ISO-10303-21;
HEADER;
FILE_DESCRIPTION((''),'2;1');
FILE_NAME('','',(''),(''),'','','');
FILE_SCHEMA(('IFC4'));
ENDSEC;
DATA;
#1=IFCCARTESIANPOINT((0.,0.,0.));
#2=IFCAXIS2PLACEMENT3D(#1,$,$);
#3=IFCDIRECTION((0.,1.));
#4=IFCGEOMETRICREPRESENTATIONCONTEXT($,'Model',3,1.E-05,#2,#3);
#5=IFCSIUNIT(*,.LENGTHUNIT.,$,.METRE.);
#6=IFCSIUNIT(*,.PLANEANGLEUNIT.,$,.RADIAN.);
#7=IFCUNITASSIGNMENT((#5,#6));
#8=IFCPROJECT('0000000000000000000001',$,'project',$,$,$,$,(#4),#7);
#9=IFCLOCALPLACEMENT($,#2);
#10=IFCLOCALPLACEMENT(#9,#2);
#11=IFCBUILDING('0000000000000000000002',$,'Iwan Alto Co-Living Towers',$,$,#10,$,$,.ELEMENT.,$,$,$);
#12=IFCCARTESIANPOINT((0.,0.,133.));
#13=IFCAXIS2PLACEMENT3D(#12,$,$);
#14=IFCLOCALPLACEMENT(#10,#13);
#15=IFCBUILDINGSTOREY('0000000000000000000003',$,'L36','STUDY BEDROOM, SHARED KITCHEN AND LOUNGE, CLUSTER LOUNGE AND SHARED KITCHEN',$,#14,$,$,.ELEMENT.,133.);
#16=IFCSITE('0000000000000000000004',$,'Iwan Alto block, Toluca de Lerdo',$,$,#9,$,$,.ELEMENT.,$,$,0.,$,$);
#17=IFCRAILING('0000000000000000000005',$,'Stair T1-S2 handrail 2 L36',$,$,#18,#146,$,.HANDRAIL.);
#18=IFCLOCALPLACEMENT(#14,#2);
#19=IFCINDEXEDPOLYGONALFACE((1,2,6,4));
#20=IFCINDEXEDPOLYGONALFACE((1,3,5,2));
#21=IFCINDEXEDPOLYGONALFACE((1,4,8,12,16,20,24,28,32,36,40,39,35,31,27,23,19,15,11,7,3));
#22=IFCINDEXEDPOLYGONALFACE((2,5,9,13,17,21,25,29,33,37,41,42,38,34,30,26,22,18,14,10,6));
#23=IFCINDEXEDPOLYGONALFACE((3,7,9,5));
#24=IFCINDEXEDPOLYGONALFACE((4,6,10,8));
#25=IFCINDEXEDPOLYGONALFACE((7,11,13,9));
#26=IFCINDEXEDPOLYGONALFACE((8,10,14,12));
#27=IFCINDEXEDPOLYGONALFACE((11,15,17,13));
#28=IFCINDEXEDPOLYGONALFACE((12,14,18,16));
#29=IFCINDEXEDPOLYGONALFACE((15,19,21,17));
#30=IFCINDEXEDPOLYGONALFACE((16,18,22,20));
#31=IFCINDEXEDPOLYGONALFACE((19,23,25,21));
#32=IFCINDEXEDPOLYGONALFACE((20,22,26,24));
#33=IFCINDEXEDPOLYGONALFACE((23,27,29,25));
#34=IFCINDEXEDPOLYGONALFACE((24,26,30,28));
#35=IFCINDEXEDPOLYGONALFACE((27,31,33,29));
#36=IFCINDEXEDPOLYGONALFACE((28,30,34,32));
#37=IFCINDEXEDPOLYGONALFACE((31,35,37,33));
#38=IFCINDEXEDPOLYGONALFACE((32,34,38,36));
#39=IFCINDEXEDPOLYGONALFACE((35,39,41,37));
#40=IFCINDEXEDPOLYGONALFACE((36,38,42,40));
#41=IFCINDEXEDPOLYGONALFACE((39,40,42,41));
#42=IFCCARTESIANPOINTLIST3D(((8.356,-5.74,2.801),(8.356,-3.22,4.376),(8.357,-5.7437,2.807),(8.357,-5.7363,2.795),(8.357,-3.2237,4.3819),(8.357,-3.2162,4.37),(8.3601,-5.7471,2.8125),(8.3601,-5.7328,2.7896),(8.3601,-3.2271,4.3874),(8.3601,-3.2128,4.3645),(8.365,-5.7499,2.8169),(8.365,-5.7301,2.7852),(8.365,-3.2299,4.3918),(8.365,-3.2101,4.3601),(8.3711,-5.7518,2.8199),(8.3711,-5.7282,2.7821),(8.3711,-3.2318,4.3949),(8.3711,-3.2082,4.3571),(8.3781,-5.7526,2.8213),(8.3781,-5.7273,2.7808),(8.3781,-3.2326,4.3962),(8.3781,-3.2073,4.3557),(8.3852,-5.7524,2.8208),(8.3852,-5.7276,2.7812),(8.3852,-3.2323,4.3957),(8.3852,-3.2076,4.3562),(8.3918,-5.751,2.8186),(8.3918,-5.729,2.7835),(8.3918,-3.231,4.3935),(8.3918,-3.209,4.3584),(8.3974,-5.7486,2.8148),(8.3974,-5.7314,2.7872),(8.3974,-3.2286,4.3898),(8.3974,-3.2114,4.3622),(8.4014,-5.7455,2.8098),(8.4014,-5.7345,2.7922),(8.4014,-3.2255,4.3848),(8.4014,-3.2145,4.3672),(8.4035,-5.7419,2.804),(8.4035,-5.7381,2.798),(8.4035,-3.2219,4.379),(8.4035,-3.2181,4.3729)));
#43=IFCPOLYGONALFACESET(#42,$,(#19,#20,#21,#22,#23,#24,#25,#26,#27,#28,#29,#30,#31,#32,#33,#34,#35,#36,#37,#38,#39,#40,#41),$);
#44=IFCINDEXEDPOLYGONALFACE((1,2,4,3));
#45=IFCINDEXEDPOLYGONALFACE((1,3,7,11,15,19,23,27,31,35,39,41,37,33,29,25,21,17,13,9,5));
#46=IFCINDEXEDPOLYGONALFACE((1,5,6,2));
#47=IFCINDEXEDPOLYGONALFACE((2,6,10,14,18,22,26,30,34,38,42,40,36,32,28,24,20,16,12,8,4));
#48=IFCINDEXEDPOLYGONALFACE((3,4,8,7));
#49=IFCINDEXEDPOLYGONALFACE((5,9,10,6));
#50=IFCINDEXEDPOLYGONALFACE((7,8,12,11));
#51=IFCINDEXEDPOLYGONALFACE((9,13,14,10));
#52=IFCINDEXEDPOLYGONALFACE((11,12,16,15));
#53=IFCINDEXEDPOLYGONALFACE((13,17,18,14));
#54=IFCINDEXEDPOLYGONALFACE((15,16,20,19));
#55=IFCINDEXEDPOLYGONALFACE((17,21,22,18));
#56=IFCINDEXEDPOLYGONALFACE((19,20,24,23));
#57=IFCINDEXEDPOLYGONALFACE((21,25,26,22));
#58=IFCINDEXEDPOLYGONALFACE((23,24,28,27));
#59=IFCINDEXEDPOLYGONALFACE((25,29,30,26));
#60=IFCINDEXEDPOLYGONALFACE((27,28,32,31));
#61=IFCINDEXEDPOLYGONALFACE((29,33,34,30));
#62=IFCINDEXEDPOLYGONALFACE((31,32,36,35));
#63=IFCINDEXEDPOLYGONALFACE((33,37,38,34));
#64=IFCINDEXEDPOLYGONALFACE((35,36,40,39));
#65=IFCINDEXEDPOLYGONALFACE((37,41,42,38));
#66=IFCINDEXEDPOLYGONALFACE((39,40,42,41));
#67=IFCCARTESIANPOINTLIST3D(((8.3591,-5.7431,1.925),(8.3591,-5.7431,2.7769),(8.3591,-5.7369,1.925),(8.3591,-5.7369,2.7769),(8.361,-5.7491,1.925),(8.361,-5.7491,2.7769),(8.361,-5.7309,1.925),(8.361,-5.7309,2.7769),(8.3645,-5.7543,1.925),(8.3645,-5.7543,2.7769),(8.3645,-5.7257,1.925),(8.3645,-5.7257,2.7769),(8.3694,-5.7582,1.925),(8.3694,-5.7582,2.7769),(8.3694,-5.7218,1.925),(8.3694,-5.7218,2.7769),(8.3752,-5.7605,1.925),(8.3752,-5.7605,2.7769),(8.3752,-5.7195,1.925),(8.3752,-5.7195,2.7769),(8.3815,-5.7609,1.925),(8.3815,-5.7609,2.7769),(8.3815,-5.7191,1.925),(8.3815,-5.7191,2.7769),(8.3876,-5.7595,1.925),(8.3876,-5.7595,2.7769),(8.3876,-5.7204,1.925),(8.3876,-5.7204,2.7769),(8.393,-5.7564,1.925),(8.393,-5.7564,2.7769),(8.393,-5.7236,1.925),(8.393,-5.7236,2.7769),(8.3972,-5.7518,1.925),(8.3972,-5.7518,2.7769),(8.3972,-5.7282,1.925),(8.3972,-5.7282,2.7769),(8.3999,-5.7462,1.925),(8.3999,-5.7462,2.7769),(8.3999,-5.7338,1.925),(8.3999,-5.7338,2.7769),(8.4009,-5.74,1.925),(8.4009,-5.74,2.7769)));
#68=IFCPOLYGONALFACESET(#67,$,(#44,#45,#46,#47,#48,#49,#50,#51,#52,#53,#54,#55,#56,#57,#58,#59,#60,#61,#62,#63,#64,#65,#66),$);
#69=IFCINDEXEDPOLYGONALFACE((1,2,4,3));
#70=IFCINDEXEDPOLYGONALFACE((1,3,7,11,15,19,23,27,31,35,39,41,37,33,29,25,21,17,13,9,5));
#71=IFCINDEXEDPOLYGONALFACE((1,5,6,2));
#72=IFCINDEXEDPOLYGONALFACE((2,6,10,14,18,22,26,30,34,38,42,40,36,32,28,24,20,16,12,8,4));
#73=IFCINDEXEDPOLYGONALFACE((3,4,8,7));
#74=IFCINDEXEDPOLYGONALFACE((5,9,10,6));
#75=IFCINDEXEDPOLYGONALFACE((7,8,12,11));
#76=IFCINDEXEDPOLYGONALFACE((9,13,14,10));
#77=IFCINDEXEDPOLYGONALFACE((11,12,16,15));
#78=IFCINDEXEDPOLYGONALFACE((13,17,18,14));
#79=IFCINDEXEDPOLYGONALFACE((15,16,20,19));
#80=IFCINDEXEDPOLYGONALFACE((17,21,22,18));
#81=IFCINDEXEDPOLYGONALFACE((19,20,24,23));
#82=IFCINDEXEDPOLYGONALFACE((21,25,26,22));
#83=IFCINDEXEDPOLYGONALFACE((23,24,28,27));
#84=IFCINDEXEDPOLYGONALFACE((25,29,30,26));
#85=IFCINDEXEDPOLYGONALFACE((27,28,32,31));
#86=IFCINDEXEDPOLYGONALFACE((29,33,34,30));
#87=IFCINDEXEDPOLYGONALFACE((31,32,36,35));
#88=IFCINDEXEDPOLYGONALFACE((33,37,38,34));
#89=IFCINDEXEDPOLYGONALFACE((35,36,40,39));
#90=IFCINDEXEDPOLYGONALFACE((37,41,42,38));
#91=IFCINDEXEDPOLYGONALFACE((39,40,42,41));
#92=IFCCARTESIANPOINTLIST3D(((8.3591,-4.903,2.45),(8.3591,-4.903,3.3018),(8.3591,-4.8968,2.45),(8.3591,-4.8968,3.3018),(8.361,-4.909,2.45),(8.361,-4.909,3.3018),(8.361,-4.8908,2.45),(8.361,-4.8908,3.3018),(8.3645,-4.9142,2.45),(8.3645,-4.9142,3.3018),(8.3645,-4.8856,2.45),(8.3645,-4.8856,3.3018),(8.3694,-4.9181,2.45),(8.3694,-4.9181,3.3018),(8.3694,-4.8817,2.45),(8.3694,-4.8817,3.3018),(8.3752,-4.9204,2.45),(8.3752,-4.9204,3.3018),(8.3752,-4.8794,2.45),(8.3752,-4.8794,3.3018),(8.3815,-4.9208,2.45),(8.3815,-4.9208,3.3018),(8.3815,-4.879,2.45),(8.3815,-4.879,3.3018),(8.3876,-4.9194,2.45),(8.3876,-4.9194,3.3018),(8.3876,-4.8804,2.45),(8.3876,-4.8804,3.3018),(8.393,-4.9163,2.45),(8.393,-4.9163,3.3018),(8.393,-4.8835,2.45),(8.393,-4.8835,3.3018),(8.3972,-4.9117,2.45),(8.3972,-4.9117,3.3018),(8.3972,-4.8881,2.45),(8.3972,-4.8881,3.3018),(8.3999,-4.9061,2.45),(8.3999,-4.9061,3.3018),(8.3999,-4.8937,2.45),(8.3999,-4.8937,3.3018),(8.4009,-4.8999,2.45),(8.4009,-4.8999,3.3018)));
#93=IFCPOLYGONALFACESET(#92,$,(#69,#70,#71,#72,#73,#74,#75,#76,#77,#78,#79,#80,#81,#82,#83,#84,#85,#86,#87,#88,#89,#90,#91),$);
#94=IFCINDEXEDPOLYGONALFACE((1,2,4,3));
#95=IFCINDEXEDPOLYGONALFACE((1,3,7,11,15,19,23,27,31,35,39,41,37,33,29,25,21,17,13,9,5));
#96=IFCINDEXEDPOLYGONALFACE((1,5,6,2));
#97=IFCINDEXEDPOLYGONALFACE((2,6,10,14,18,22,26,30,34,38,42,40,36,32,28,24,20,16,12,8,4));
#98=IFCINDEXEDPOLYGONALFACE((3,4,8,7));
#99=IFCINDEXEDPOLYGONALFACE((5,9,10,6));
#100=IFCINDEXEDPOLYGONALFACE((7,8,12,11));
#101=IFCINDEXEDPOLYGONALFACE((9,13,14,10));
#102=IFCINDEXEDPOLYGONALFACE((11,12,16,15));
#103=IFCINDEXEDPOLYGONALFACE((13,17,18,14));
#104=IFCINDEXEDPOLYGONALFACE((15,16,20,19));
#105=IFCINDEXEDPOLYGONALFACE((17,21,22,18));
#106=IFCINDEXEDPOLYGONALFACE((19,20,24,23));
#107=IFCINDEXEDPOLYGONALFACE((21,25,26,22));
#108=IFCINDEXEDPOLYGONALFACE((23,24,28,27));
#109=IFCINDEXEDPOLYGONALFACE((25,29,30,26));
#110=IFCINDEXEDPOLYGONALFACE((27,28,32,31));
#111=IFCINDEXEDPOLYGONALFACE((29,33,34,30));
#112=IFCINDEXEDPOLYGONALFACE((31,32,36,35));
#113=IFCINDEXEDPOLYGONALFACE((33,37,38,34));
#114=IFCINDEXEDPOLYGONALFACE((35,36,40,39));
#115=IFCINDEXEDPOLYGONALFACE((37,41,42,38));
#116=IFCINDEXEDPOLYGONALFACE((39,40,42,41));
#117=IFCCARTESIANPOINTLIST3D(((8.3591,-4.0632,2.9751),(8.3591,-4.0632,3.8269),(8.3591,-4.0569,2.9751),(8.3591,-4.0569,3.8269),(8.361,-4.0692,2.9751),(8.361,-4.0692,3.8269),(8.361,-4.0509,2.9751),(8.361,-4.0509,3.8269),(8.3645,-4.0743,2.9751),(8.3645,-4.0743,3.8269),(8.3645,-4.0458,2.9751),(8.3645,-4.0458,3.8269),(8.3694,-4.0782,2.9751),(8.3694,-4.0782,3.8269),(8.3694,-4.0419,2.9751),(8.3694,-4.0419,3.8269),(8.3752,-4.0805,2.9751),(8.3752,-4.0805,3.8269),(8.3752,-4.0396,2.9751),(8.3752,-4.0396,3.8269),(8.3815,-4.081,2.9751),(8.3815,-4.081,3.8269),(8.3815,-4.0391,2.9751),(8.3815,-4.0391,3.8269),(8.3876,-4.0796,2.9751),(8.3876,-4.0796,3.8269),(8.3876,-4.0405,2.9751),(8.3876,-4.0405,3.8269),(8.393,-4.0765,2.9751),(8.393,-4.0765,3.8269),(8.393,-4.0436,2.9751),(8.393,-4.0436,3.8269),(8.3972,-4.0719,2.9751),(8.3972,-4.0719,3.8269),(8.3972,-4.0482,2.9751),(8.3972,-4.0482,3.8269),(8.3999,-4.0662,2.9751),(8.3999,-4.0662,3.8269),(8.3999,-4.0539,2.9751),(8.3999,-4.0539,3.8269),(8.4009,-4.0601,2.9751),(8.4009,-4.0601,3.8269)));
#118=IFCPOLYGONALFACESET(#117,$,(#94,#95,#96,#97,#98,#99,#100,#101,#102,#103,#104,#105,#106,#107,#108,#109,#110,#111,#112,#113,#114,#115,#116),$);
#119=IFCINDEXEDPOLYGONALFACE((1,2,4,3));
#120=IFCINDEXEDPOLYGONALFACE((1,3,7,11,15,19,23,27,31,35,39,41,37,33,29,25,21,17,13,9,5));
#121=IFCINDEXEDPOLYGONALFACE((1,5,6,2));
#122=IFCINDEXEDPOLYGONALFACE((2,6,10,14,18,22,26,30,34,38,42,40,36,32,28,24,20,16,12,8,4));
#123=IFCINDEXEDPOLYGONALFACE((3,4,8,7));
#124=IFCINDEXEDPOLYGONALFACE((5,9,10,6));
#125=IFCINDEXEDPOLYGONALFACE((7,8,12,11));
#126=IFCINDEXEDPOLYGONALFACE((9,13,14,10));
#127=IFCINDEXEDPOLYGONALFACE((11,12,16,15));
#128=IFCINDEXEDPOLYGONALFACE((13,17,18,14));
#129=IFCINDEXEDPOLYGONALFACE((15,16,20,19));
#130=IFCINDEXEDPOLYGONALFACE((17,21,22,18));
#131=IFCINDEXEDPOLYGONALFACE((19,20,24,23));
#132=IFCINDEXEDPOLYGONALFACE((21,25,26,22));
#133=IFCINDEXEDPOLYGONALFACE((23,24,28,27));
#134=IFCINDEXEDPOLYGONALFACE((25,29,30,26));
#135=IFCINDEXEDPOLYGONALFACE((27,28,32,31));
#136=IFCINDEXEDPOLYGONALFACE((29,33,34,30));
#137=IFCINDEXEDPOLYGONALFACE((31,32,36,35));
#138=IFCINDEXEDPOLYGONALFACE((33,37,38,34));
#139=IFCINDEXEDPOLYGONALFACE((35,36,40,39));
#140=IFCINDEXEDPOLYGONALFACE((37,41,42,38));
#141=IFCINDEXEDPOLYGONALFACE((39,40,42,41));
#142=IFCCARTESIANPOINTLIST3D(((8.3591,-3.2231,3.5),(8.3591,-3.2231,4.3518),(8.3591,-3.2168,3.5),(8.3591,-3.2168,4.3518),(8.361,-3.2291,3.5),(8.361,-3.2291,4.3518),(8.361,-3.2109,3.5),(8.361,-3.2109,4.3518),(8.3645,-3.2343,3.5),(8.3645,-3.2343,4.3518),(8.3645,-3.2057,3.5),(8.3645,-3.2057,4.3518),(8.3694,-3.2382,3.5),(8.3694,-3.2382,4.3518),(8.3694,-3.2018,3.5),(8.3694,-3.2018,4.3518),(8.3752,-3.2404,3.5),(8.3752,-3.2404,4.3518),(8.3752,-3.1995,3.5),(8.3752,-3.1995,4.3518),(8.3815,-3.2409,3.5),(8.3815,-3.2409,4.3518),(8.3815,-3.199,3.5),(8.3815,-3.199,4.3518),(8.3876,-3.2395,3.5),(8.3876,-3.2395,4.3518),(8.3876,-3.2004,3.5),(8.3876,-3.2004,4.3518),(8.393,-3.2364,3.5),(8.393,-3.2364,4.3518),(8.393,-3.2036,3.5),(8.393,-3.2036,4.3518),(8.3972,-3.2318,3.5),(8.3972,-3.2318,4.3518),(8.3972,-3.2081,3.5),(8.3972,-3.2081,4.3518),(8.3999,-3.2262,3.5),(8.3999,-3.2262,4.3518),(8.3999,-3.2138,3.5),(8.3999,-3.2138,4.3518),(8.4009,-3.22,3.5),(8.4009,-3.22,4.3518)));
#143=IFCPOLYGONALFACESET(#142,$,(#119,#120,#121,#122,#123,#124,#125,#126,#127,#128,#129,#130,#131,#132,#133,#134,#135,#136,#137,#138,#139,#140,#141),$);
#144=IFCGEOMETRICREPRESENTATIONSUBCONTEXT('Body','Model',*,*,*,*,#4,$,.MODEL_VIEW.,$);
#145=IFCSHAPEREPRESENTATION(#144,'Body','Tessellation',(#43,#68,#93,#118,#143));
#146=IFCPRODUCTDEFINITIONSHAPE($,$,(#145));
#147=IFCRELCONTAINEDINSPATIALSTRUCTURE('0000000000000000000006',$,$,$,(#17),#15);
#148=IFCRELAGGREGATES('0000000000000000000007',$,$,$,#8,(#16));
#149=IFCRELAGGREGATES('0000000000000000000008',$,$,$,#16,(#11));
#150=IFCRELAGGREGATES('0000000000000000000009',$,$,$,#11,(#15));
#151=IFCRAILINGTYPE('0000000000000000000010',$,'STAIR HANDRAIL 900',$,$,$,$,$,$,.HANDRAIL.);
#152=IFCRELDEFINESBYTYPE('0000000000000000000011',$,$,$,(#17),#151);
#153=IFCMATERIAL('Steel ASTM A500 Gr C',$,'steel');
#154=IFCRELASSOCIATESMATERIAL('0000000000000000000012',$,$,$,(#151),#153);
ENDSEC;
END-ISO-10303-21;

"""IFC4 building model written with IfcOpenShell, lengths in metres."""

from ifc_helpers import new_model, si_unit, direction, frame, origin, origin_2d, place, context, subcontext, project, spatial, circle, extrude, material, type_object, element, save


model = new_model("IFC4")

# Units and contexts
model_context = context("Model", 3, precision=1e-05, world=origin(), true_north=direction((0.0, 1.0)))
body_context = subcontext(model_context, "Body", "Model", "MODEL_VIEW")
ifc_project = project(units=[si_unit("LENGTHUNIT", "METRE"), si_unit("PLANEANGLEUNIT", "RADIAN")], contexts=[model_context])

# Site, building, storey
site_placement = place(None, origin())
site = spatial("IfcSite", under=ifc_project, at=site_placement, Name="Iwan Alto block, Toluca de Lerdo", CompositionType="ELEMENT", RefElevation=0.0)
building_placement = place(site_placement, origin())
building = spatial("IfcBuilding", under=site, at=building_placement, Name="Iwan Alto Co-Living Towers", CompositionType="ELEMENT")
storey_placement = place(building_placement, frame((0.0, 0.0, 133.0)))
storey = spatial("IfcBuildingStorey", under=building, at=storey_placement, Name="L36", Description="STUDY BEDROOM, SHARED KITCHEN AND LOUNGE, CLUSTER LOUNGE AND SHARED KITCHEN", CompositionType="ELEMENT", Elevation=133.0)

# Railing
ifc_material_1 = material(Name="Steel ASTM A500 Gr C", Category="steel")
railing_type_1 = type_object("IfcRailingType", Name="STAIR HANDRAIL 900", PredefinedType="HANDRAIL", material=ifc_material_1)
railing_1_placement = place(storey_placement, frame((8.3799, -5.74, 1.925)))
element("IfcRailing", 1, at=railing_1_placement, inside=storey, type_object=railing_type_1, Name="Stair T1-S2 handrail 2 L36", PredefinedType="HANDRAIL", context=body_context, shape_type="SweptSolid", body=[
    extrude(circle(Radius=0.0239, at=origin_2d()), frame((0.0, 0.0, 0.876), z_axis=(0.0, 0.848008, 0.529984), x_axis=(-1.0, 0.0, 0.0)), (0.0, 0.0, 1.0), 2.9717),
    extrude(circle(Radius=0.021, at=origin_2d()), origin(), (0.0, 0.0, 1.0), 0.8518),
    extrude(circle(Radius=0.021, at=origin_2d()), frame((0.0, 0.8401, 0.5249)), (0.0, 0.0, 1.0), 0.8518),
    extrude(circle(Radius=0.021, at=origin_2d()), frame((0.0, 1.6799, 1.05)), (0.0, 0.0, 1.0), 0.8518),
    extrude(circle(Radius=0.021, at=origin_2d()), frame((0.0, 2.52, 1.575)), (0.0, 0.0, 1.0), 0.8518),
])

save(model, "model.ifc")
